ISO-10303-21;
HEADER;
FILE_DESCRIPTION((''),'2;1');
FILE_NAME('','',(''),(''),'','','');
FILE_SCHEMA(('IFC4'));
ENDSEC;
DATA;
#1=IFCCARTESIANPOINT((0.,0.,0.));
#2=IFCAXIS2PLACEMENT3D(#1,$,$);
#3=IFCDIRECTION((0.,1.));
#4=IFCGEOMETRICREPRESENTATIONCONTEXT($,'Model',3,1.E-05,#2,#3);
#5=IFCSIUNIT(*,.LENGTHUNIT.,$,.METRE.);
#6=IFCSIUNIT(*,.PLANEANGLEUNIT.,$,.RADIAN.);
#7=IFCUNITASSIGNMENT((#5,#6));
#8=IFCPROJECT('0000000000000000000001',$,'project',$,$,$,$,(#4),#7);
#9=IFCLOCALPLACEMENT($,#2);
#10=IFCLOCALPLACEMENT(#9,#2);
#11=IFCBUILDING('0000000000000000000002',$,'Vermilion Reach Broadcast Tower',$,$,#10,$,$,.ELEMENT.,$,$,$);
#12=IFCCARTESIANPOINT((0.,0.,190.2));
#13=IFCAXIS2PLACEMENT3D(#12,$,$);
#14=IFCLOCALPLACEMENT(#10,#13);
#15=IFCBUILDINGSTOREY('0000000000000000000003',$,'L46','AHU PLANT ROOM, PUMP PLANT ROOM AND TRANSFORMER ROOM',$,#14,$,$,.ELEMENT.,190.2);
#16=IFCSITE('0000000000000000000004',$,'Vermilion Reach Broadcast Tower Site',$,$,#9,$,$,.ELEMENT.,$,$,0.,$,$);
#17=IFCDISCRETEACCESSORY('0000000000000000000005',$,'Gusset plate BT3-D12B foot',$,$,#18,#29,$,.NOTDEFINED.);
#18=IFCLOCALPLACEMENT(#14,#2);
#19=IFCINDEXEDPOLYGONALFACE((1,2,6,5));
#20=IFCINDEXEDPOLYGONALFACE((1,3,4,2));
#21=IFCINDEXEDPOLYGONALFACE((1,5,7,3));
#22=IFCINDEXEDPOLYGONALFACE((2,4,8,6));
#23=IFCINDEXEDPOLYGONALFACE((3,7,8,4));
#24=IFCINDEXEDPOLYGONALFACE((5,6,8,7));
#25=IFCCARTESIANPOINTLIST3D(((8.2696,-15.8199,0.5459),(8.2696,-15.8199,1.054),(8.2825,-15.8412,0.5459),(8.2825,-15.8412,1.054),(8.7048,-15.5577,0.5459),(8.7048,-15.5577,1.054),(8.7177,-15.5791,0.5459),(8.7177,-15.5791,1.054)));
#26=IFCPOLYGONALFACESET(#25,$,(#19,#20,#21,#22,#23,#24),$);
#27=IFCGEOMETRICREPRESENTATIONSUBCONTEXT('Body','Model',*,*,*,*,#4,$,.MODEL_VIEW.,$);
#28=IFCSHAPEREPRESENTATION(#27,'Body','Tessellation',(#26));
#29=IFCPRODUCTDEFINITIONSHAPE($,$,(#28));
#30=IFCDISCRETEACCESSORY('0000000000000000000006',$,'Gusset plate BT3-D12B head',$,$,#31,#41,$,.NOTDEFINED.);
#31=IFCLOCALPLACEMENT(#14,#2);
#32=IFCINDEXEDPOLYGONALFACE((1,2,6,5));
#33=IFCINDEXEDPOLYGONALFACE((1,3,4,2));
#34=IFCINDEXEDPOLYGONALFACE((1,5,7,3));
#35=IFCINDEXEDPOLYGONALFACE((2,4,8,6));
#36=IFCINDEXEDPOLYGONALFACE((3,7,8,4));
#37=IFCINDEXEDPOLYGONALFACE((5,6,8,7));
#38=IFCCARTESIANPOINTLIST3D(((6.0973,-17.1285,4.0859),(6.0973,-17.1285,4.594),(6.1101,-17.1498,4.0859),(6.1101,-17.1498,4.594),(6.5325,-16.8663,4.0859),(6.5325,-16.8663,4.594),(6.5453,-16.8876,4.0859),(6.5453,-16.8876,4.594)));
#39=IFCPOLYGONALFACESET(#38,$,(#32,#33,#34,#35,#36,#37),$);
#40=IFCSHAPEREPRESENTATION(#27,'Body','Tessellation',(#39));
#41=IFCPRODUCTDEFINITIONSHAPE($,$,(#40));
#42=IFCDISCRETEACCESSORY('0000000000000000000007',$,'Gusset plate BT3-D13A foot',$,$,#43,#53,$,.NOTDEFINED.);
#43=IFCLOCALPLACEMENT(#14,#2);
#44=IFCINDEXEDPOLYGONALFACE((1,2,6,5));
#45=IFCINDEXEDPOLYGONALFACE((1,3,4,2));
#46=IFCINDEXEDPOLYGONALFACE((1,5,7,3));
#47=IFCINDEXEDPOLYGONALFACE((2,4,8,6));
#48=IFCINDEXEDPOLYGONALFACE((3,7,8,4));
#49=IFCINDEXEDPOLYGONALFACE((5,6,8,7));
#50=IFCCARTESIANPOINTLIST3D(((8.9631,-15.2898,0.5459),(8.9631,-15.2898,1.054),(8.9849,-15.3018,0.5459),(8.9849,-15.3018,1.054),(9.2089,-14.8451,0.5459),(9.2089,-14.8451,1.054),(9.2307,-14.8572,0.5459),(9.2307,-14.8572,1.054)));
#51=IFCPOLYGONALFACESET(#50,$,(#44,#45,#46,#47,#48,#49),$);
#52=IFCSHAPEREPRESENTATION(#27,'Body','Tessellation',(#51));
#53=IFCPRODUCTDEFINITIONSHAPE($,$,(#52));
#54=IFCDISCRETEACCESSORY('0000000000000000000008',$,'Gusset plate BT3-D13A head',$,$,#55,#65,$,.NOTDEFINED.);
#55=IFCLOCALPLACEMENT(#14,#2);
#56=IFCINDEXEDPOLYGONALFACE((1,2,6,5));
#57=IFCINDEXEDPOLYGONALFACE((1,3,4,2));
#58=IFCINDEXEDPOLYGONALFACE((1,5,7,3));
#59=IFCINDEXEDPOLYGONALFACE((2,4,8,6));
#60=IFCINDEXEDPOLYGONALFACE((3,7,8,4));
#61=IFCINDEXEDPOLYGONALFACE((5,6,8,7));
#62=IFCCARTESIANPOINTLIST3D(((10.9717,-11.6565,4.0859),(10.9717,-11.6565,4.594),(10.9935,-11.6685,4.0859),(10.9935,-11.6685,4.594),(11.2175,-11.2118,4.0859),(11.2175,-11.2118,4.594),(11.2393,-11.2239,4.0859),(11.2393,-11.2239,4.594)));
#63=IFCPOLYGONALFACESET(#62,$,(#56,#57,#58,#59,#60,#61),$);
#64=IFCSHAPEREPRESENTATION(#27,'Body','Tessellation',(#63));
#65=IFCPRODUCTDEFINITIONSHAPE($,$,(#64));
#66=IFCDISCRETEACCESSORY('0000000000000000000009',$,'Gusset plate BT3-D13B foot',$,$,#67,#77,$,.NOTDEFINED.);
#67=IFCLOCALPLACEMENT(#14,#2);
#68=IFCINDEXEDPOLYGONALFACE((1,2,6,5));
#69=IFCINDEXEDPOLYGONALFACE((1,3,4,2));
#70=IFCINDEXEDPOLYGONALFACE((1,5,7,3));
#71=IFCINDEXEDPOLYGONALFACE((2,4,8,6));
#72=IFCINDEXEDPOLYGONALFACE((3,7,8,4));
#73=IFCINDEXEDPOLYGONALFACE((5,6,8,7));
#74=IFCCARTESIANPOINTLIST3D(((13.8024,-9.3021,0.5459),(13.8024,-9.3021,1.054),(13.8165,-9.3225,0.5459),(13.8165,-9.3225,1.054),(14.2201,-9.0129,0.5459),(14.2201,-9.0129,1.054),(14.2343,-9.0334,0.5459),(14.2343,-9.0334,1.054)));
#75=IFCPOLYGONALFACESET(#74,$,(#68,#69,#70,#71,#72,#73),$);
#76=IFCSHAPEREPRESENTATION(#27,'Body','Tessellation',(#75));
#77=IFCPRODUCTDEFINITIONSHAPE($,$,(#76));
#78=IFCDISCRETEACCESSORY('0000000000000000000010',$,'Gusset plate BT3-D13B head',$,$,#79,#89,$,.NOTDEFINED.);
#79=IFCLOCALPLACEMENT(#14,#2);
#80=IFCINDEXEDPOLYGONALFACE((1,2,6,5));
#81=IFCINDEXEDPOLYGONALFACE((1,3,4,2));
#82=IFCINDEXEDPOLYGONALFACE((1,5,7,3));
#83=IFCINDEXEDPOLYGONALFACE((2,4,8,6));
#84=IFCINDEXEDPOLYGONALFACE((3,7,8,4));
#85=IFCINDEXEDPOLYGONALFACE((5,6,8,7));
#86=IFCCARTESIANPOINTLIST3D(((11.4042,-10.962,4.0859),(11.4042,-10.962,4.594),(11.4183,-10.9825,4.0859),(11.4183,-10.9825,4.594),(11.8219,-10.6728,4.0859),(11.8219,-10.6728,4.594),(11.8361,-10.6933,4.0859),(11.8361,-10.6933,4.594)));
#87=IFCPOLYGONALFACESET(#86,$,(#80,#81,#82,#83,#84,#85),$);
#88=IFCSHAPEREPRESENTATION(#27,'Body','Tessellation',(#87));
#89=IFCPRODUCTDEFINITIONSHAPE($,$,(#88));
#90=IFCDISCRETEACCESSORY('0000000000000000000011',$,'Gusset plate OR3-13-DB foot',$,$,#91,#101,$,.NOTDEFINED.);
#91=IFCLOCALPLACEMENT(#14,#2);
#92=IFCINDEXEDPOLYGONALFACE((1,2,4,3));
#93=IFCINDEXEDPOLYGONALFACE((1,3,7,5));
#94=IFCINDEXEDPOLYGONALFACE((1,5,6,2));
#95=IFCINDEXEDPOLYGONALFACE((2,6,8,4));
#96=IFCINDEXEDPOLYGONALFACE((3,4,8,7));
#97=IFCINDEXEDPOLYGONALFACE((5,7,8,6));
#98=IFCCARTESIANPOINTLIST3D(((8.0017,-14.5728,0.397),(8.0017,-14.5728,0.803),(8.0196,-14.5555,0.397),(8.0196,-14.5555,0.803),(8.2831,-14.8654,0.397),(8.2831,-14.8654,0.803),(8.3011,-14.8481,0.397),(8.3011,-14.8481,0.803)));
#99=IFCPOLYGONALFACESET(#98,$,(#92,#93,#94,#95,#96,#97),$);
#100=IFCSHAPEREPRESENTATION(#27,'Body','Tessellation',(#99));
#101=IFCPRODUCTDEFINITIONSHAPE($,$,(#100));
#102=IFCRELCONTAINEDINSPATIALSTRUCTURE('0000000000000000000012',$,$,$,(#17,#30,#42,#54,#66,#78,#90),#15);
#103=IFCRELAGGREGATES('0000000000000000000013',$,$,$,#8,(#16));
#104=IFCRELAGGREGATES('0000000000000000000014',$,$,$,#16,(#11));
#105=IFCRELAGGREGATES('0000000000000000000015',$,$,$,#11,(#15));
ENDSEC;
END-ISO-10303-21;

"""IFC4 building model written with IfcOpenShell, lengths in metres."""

from ifc_helpers import new_model, si_unit, direction, frame, origin, origin_2d, place, context, subcontext, project, spatial, rectangle, extrude, element, save


model = new_model("IFC4")

# Units and contexts
model_context = context("Model", 3, precision=1e-05, world=origin(), true_north=direction((0.0, 1.0)))
body_context = subcontext(model_context, "Body", "Model", "MODEL_VIEW")
ifc_project = project(units=[si_unit("LENGTHUNIT", "METRE"), si_unit("PLANEANGLEUNIT", "RADIAN")], contexts=[model_context])

# Site, building, storey
site_placement = place(None, origin())
site = spatial("IfcSite", under=ifc_project, at=site_placement, Name="Vermilion Reach Broadcast Tower Site", CompositionType="ELEMENT", RefElevation=0.0)
building_placement = place(site_placement, origin())
building = spatial("IfcBuilding", under=site, at=building_placement, Name="Vermilion Reach Broadcast Tower", CompositionType="ELEMENT")
storey_placement = place(building_placement, frame((0.0, 0.0, 190.2)))
storey = spatial("IfcBuildingStorey", under=building, at=storey_placement, Name="L46", Description="AHU PLANT ROOM, PUMP PLANT ROOM AND TRANSFORMER ROOM", CompositionType="ELEMENT", Elevation=190.2)

# Discrete accessories
for number, where, z_axis, x_axis, name in (
    (1, (8.4937, -15.6995, 0.5459), (0.0, 0.0, 1.0), (0.515981, -0.8566, 0.0), "Gusset plate BT3-D12B foot"),
    (2, (6.3213, -17.0081, 4.0859), (0.0, 0.0, 1.0), (0.515981, -0.8566, 0.0), "Gusset plate BT3-D12B head"),
    (3, (9.0969, -15.0735, 0.5459), (0.0, 0.0, 1.0), (-0.875163, 0.483827, 0.0), "Gusset plate BT3-D13A foot"),
    (4, (11.1055, -11.4402, 4.0859), (0.0, 0.0, 1.0), (-0.875163, 0.483827, 0.0), "Gusset plate BT3-D13A head"),
    (5, (14.0183, -9.1677, 0.5459), (0.0, 0.0, 1.0), (0.569156, -0.822229, 0.0), "Gusset plate BT3-D13B foot"),
    (6, (11.6201, -10.8276, 4.0859), (0.0, 0.0, 1.0), (0.569156, -0.822229, 0.0), "Gusset plate BT3-D13B head"),
):
    element("IfcDiscreteAccessory", number, at=place(storey_placement, frame(where, z_axis=z_axis, x_axis=x_axis)), inside=storey, Name=name, PredefinedType="NOTDEFINED", context=body_context, shape_type="SweptSolid", body=[
        extrude(rectangle(XDim=0.0249, YDim=0.5081, at=origin_2d()), origin(), (0.0, 0.0, 1.0), 0.5081),
    ])
discrete_accessory_1_placement = place(storey_placement, frame((8.1514, -14.7104, 0.397), z_axis=(0.0, 0.0, 1.0), x_axis=(0.720672, 0.693276, 0.0)))
element("IfcDiscreteAccessory", 7, at=discrete_accessory_1_placement, inside=storey, Name="Gusset plate OR3-13-DB foot", PredefinedType="NOTDEFINED", context=body_context, shape_type="SweptSolid", body=[
    extrude(rectangle(XDim=0.0249, YDim=0.406, at=origin_2d()), origin(), (0.0, 0.0, 1.0), 0.406),
])

save(model, "model.ifc")
